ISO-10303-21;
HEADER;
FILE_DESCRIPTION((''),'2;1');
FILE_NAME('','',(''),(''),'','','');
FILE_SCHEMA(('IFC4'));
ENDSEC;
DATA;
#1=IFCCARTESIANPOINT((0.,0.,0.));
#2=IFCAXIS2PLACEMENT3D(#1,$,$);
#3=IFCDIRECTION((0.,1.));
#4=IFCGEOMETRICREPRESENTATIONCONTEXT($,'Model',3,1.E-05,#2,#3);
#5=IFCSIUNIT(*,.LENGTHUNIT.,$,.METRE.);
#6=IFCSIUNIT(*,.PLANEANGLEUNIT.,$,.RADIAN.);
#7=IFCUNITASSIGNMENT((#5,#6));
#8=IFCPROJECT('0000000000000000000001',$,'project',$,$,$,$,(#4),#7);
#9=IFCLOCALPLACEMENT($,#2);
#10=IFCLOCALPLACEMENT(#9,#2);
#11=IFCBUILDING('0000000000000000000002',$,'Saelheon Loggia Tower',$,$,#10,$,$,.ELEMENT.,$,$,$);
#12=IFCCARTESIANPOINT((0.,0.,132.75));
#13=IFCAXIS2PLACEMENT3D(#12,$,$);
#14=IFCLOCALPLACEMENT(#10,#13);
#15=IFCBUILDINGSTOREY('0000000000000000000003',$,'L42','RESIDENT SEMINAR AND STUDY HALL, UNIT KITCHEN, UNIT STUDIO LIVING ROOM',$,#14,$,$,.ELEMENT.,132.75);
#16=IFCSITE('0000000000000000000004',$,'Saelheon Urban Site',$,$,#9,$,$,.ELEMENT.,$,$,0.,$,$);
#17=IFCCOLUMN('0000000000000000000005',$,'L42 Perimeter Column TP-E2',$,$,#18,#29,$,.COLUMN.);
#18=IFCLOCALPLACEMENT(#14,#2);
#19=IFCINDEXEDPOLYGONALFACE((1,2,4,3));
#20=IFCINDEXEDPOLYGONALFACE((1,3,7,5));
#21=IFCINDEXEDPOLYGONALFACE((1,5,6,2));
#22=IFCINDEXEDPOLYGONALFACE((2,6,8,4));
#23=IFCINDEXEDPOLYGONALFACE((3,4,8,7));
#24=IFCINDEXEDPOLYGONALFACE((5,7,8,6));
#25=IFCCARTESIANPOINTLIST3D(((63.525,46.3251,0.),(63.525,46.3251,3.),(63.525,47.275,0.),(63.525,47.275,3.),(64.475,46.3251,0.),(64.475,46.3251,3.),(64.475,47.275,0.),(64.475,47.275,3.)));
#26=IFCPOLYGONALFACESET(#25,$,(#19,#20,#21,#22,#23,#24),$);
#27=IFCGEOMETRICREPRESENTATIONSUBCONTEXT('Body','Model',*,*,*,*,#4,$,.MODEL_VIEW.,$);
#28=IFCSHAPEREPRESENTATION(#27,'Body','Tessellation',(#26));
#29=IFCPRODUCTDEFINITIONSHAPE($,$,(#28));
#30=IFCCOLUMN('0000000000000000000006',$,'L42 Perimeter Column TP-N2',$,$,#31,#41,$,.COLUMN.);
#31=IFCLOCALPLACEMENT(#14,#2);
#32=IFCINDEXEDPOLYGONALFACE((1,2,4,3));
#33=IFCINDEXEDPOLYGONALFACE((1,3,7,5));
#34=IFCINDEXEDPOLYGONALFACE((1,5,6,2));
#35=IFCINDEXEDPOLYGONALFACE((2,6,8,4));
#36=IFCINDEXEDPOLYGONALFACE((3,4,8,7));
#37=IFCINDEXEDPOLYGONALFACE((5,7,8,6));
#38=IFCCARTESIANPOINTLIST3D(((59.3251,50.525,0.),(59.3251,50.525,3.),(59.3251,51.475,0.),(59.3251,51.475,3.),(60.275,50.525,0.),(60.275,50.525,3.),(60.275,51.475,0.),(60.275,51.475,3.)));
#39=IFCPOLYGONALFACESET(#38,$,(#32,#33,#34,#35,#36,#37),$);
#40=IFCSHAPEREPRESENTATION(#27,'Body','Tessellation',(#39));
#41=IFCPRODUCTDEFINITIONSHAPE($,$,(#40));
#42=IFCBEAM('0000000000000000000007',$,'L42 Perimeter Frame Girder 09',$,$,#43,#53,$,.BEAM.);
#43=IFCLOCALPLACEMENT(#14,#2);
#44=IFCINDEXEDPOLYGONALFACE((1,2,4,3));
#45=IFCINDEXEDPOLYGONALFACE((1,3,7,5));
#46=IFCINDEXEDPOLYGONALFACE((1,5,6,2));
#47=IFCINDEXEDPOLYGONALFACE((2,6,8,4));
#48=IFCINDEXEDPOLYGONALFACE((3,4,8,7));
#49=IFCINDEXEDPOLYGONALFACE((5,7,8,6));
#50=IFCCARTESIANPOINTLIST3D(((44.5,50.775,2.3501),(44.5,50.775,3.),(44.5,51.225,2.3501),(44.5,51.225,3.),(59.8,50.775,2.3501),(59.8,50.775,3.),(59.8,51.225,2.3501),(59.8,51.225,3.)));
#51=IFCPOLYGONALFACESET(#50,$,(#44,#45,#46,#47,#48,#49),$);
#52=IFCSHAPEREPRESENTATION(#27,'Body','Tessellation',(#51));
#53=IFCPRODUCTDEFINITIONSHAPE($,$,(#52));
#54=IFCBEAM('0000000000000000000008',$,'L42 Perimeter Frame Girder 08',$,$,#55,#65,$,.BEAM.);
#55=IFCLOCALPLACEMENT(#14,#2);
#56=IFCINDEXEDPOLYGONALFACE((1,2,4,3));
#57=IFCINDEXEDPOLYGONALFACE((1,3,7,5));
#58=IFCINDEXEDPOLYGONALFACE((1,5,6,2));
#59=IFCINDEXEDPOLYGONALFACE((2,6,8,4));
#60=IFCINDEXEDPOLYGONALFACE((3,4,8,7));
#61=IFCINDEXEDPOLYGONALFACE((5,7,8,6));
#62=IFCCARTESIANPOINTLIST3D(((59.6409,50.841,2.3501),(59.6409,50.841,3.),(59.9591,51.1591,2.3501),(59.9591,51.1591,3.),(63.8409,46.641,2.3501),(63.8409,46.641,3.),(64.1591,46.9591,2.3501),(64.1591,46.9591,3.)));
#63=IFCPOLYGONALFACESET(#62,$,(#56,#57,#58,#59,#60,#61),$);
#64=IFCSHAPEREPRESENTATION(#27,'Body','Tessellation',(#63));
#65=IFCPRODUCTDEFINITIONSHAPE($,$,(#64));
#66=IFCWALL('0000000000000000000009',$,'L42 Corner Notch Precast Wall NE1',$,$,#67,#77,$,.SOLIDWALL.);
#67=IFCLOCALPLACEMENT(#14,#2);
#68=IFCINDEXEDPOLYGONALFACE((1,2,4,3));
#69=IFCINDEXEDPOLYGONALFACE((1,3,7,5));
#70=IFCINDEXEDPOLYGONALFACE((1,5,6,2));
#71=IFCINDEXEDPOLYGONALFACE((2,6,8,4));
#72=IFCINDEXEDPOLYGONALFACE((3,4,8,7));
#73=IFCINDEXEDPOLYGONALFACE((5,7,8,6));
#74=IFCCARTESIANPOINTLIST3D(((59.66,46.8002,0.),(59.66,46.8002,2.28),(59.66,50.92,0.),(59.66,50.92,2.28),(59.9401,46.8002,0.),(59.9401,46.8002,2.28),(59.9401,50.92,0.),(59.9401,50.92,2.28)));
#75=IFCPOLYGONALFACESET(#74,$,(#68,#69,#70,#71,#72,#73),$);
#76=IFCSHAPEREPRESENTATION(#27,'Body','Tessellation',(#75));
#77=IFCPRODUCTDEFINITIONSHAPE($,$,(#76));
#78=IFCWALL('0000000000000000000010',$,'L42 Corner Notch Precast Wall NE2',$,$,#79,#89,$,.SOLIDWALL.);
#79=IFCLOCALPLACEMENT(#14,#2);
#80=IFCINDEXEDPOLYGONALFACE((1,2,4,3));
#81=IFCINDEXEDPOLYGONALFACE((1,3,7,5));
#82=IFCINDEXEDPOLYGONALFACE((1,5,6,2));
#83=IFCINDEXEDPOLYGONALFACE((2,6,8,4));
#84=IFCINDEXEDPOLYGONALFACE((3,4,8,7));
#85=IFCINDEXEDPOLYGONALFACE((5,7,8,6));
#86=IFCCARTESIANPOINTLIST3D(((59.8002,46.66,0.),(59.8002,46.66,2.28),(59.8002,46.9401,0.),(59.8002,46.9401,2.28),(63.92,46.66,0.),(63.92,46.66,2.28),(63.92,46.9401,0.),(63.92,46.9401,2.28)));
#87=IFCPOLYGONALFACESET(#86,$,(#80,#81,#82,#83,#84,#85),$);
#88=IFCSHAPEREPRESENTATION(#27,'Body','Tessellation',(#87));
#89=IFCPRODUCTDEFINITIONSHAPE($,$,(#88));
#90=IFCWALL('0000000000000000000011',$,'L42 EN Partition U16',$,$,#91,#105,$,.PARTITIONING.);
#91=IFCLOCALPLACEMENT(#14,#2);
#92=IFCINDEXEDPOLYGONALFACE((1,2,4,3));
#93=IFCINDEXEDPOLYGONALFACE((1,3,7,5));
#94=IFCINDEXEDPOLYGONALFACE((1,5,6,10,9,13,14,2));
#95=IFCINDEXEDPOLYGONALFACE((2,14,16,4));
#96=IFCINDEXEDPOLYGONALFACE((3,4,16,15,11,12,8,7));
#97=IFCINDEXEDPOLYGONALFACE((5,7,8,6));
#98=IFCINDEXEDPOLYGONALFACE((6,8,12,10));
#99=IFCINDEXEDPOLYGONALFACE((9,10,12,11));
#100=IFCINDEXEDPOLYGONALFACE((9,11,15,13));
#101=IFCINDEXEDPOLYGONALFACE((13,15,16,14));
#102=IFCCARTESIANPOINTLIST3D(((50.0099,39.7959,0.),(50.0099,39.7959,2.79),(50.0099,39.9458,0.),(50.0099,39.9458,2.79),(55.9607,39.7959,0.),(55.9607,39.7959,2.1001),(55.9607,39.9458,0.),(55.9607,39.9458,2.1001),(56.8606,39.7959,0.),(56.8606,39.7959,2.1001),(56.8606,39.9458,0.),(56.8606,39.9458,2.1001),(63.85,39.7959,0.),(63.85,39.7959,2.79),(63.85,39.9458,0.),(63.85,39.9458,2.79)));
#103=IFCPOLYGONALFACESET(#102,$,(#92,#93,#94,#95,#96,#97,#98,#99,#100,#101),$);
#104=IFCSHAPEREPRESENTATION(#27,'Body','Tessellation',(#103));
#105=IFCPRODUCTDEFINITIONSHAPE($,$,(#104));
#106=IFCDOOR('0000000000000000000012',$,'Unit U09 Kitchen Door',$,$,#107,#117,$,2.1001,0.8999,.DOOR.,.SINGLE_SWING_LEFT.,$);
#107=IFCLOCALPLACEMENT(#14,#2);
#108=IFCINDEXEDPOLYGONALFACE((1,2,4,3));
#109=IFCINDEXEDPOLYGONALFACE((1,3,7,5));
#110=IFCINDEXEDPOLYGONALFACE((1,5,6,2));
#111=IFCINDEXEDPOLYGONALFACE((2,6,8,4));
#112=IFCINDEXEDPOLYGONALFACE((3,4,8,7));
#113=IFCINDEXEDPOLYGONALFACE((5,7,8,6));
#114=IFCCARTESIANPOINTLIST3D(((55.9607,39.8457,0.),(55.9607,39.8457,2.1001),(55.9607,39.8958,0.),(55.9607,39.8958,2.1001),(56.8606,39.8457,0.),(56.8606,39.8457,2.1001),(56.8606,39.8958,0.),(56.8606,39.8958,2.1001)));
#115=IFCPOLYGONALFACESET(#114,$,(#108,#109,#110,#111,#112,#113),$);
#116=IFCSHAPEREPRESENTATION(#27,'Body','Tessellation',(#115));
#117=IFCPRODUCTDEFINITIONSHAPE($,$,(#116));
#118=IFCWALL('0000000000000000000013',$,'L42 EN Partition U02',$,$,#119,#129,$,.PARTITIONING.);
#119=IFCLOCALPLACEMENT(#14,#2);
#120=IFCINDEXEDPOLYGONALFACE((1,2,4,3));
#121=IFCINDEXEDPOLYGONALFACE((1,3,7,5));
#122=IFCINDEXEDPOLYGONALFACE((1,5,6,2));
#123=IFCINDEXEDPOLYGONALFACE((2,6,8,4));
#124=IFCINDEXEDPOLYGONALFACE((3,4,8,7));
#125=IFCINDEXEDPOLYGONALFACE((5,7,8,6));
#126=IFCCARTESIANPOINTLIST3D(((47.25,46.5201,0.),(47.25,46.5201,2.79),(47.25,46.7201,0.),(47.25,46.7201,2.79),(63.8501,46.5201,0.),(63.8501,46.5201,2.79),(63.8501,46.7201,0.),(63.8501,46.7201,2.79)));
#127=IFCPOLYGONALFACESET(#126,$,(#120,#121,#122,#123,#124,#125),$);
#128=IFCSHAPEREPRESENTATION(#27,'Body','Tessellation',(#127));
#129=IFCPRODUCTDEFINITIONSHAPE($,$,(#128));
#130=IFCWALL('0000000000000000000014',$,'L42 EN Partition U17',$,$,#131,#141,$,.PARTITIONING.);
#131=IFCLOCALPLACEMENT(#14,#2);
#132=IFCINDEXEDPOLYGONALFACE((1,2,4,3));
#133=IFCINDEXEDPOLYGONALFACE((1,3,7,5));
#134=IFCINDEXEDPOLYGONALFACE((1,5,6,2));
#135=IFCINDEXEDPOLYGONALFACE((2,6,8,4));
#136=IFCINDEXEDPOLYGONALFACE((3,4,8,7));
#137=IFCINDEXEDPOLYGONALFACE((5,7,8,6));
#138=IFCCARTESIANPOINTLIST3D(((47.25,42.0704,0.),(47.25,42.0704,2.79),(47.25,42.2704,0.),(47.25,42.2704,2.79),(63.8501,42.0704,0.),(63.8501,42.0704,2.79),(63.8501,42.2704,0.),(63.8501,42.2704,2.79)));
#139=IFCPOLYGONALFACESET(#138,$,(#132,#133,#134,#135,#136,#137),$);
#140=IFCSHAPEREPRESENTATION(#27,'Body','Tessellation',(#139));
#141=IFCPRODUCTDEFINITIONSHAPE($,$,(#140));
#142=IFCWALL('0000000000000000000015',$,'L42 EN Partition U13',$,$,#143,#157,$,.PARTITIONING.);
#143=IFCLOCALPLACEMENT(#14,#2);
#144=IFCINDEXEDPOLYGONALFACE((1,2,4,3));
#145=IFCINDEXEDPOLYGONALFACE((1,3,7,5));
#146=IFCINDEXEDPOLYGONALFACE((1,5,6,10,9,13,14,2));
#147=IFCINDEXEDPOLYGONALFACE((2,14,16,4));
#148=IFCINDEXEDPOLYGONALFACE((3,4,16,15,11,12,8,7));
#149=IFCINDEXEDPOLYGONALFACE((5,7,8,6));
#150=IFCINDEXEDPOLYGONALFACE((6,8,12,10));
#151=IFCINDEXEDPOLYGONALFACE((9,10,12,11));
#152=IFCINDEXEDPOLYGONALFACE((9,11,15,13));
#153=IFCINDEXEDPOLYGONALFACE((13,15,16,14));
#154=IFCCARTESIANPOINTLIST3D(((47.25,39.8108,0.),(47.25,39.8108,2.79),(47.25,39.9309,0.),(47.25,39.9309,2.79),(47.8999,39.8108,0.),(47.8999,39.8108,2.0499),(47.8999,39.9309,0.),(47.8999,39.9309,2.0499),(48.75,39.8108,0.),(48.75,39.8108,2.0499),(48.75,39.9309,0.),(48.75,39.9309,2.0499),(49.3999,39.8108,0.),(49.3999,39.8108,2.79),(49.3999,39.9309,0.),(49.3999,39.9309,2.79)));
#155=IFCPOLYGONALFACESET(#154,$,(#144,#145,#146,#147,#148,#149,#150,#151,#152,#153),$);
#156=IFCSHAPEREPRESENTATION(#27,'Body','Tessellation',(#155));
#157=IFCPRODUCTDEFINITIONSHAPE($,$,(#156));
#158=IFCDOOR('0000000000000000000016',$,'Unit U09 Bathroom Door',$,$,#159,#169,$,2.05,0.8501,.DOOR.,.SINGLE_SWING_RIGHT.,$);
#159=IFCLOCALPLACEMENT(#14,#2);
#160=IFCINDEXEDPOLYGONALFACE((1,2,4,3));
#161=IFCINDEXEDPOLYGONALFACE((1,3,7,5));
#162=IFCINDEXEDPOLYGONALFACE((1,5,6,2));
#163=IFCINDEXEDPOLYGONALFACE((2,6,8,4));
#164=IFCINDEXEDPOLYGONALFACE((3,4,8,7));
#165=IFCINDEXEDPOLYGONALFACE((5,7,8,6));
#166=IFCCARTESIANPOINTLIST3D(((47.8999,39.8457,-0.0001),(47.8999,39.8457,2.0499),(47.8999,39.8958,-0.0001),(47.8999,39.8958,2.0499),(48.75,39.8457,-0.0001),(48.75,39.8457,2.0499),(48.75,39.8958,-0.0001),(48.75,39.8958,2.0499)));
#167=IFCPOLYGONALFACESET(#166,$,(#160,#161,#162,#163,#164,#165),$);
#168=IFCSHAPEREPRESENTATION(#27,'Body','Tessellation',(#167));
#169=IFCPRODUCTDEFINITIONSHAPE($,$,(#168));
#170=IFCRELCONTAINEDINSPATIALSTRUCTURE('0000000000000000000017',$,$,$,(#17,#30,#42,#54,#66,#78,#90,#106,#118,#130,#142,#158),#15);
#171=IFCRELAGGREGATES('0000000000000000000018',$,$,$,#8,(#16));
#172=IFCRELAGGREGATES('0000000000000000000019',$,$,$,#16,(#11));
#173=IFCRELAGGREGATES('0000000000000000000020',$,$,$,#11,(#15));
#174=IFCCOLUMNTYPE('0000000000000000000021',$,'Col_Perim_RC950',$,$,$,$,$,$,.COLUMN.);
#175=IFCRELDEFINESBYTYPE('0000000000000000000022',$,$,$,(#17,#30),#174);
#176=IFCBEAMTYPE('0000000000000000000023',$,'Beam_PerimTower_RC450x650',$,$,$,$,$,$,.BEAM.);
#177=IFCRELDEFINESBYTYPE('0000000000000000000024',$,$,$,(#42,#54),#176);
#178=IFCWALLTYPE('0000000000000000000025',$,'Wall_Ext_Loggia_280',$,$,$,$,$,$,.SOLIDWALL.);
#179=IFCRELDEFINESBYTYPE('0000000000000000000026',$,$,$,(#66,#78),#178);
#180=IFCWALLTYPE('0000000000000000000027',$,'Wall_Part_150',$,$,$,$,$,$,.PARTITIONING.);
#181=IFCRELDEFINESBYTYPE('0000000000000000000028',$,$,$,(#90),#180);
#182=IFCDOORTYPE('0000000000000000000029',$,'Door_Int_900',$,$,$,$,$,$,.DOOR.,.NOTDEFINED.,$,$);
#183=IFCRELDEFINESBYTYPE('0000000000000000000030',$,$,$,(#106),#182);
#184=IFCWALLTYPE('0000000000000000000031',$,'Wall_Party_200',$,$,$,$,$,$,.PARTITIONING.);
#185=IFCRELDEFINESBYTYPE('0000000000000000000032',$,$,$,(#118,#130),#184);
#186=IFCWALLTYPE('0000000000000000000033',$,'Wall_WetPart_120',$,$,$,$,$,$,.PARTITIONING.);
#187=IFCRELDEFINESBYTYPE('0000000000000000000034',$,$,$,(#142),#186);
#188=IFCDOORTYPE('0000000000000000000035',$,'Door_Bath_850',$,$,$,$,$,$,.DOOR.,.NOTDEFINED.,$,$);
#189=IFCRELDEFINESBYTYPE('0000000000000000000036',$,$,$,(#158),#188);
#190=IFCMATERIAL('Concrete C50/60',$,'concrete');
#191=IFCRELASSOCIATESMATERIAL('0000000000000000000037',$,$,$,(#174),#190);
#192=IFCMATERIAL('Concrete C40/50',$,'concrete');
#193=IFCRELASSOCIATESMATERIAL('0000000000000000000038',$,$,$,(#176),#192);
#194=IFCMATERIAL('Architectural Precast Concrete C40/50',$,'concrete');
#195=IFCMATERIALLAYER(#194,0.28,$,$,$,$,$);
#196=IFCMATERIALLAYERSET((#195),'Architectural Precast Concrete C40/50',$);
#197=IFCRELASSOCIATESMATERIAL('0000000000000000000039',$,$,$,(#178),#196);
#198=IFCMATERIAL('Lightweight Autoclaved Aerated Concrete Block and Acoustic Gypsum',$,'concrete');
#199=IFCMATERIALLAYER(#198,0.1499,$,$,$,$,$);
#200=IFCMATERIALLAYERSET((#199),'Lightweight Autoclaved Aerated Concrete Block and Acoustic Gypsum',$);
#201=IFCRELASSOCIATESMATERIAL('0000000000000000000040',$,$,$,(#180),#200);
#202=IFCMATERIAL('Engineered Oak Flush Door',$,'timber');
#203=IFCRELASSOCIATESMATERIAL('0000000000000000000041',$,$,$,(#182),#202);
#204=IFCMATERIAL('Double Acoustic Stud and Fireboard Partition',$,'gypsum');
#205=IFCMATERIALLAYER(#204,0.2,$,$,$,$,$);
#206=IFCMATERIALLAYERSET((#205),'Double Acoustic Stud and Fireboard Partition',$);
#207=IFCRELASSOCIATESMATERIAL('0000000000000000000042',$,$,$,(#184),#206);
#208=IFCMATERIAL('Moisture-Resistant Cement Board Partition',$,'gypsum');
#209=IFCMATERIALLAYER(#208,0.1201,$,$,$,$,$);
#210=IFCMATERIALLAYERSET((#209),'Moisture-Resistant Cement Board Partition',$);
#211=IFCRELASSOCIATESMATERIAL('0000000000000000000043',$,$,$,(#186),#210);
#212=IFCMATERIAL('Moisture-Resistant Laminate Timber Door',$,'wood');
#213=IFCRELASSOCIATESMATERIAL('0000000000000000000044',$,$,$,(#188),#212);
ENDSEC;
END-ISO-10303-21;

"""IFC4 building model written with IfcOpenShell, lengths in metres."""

from ifc_helpers import new_model, si_unit, direction, frame, frame_2d, origin, origin_2d, place, context, subcontext, project, spatial, rectangle, extrude, source, transform, mapped, material, layer, layer_set, material_profile, profile_set, type_object, element, fill, save


model = new_model("IFC4")

# Units and contexts
model_context = context("Model", 3, precision=1e-05, world=origin(), true_north=direction((0.0, 1.0)))
body_context = subcontext(model_context, "Body", "Model", "MODEL_VIEW")
ifc_project = project(units=[si_unit("LENGTHUNIT", "METRE"), si_unit("PLANEANGLEUNIT", "RADIAN")], contexts=[model_context])

# Site, building, storey
site_placement = place(None, origin())
site = spatial("IfcSite", under=ifc_project, at=site_placement, Name="Saelheon Urban Site", CompositionType="ELEMENT", RefElevation=0.0)
building_placement = place(site_placement, origin())
building = spatial("IfcBuilding", under=site, at=building_placement, Name="Saelheon Loggia Tower", CompositionType="ELEMENT")
storey_placement = place(building_placement, frame((0.0, 0.0, 132.75)))
storey = spatial("IfcBuildingStorey", under=building, at=storey_placement, Name="L42", Description="RESIDENT SEMINAR AND STUDY HALL, UNIT KITCHEN, UNIT STUDIO LIVING ROOM", CompositionType="ELEMENT", Elevation=132.75)

# Columns
ifc_material_1 = material(Name="Concrete C50/60", Category="concrete")
ifc_material_profile_1 = material_profile(ifc_material_1, rectangle(XDim=0.95, YDim=0.95, at=origin_2d()), Name="RC-950x950")
ifc_profile_set_1 = profile_set([ifc_material_profile_1], Name="Concrete C50/60")
column_type = type_object("IfcColumnType", Name="Col_Perim_RC950", PredefinedType="COLUMN", material=ifc_profile_set_1)
shared_shape_1 = source(origin(), body_context, "Body", "SweptSolid", [
    extrude(rectangle(XDim=0.95, YDim=0.95, at=origin_2d()), origin(), (0.0, 0.0, 1.0), 3.0),
])
for number, where, z_axis, x_axis, name in (
    (1, (64.0, 46.8, 0.0), (0.0, 0.0, 1.0), (1.0, 0.0, 0.0), "L42 Perimeter Column TP-E2"),
    (2, (59.8, 51.0, 0.0), (0.0, 0.0, 1.0), (1.0, 0.0, 0.0), "L42 Perimeter Column TP-N2"),
):
    element("IfcColumn", number, at=place(storey_placement, frame(where, z_axis=z_axis, x_axis=x_axis)), inside=storey, type_object=column_type, Name=name, PredefinedType="COLUMN", context=body_context, shape_type="MappedRepresentation", body=[
        mapped(shared_shape_1, transform((0.0, 0.0, 0.0), scale=1.0)),
    ])

# Beams
ifc_material_2 = material(Name="Concrete C40/50", Category="concrete")
ifc_material_profile_2 = material_profile(ifc_material_2, rectangle(XDim=0.45, YDim=0.6499, at=origin_2d()), Name="RC-450x650")
ifc_profile_set_2 = profile_set([ifc_material_profile_2], Name="Concrete C40/50")
beam_type = type_object("IfcBeamType", Name="Beam_PerimTower_RC450x650", PredefinedType="BEAM", material=ifc_profile_set_2)
shared_shape_2 = source(origin(), body_context, "Body", "SweptSolid", [
    extrude(rectangle(XDim=0.45, YDim=0.6499, at=origin_2d()), origin(), (0.0, 0.0, 1.0), 15.3),
])
beam_1_placement = place(storey_placement, frame((59.8, 51.0, 2.675), z_axis=(-1.0, 0.0, 0.0), x_axis=(0.0, -1.0, 0.0)))
element("IfcBeam", 3, at=beam_1_placement, inside=storey, type_object=beam_type, Name="L42 Perimeter Frame Girder 09", PredefinedType="BEAM", context=body_context, shape_type="MappedRepresentation", body=[
    mapped(shared_shape_2, transform((0.0, 0.0, 0.0), scale=1.0)),
])
shared_shape_3 = source(origin(), body_context, "Body", "SweptSolid", [
    extrude(rectangle(XDim=0.45, YDim=0.6499, at=origin_2d()), origin(), (0.0, 0.0, 1.0), 5.9397),
])
beam_2_placement = place(storey_placement, frame((64.0, 46.8, 2.675), z_axis=(-0.707107, 0.707107, 0.0), x_axis=(-0.707107, -0.707107, 0.0)))
element("IfcBeam", 4, at=beam_2_placement, inside=storey, type_object=beam_type, Name="L42 Perimeter Frame Girder 08", PredefinedType="BEAM", context=body_context, shape_type="MappedRepresentation", body=[
    mapped(shared_shape_3, transform((0.0, 0.0, 0.0), scale=1.0)),
])

# Walls
ifc_material_3 = material(Name="Architectural Precast Concrete C40/50", Category="concrete")
ifc_layer_1 = layer(ifc_material_3, 0.28)
ifc_layer_set_1 = layer_set([ifc_layer_1], Name="Architectural Precast Concrete C40/50")
wall_type_1 = type_object("IfcWallType", Name="Wall_Ext_Loggia_280", PredefinedType="SOLIDWALL", material=ifc_layer_set_1)
for number, where, z_axis, x_axis, name in (
    (5, (59.8, 46.8, 0.0), (0.0, 0.0, 1.0), (0.0, 1.0, 0.0), "L42 Corner Notch Precast Wall NE1"),
    (6, (59.8, 46.8, 0.0), (0.0, 0.0, 1.0), (1.0, 0.0, 0.0), "L42 Corner Notch Precast Wall NE2"),
):
    element("IfcWall", number, at=place(storey_placement, frame(where, z_axis=z_axis, x_axis=x_axis)), inside=storey, type_object=wall_type_1, Name=name, PredefinedType="SOLIDWALL", context=body_context, shape_type="SweptSolid", body=[
        extrude(rectangle(XDim=4.1199, YDim=0.28, at=frame_2d((2.0601, 0.0))), origin(), (0.0, 0.0, 1.0), 2.28),
    ])

# Wall, opening, door
ifc_material_4 = material(Name="Lightweight Autoclaved Aerated Concrete Block and Acoustic Gypsum", Category="concrete")
ifc_layer_2 = layer(ifc_material_4, 0.1499)
ifc_layer_set_2 = layer_set([ifc_layer_2], Name="Lightweight Autoclaved Aerated Concrete Block and Acoustic Gypsum")
wall_type_2 = type_object("IfcWallType", Name="Wall_Part_150", PredefinedType="PARTITIONING", material=ifc_layer_set_2)
wall_1_placement = place(storey_placement, frame((50.01, 39.8708, 0.0), z_axis=(0.0, 0.0, 1.0), x_axis=(1.0, 0.0, 0.0)))
wall_1 = element("IfcWall", 7, at=wall_1_placement, inside=storey, type_object=wall_type_2, Name="L42 EN Partition U16", PredefinedType="PARTITIONING", context=body_context, shape_type="SweptSolid", body=[
    extrude(rectangle(XDim=13.8401, YDim=0.1499, at=frame_2d((6.9199, 0.0))), origin(), (0.0, 0.0, 1.0), 2.79),
])
opening_1_placement = place(wall_1_placement, frame((5.9507, 0.0, 0.0)))
opening_1 = element("IfcOpeningElement", 8, at=opening_1_placement, cuts=wall_1, PredefinedType="OPENING", context=body_context, shape_type="SweptSolid", body=[
    extrude(rectangle(XDim=0.8999, YDim=2.1001, at=frame_2d((0.45, 1.05))), frame((0.0, 0.0869, 0.0), z_axis=(0.0, -1.0, 0.0), x_axis=(1.0, 0.0, 0.0)), (0.0, 0.0, 1.0), 0.1738),
])
ifc_material_5 = material(Name="Engineered Oak Flush Door", Category="timber")
door_type_1 = type_object("IfcDoorType", Name="Door_Int_900", OperationType="NOTDEFINED", PredefinedType="DOOR", material=ifc_material_5)
shared_shape_4 = source(origin(), body_context, "Body", "SweptSolid", [
    extrude(rectangle(XDim=0.8999, YDim=2.1001, at=frame_2d((0.45, 1.05))), frame((0.0, 0.0249, 0.0), z_axis=(0.0, -1.0, 0.0), x_axis=(1.0, 0.0, 0.0)), (0.0, 0.0, 1.0), 0.05),
])
door_1_placement = place(opening_1_placement, origin())
door_1 = element("IfcDoor", 9, at=door_1_placement, inside=storey, type_object=door_type_1, Name="Unit U09 Kitchen Door", OperationType="SINGLE_SWING_LEFT", OverallHeight=2.1001, OverallWidth=0.8999, PredefinedType="DOOR", context=body_context, shape_type="MappedRepresentation", body=[
    mapped(shared_shape_4, transform((0.0, 0.0, 0.0), scale=1.0)),
])
fill(opening_1, door_1)

# Wall
ifc_material_6 = material(Name="Double Acoustic Stud and Fireboard Partition", Category="gypsum")
ifc_layer_3 = layer(ifc_material_6, 0.2)
ifc_layer_set_3 = layer_set([ifc_layer_3], Name="Double Acoustic Stud and Fireboard Partition")
wall_type_3 = type_object("IfcWallType", Name="Wall_Party_200", PredefinedType="PARTITIONING", material=ifc_layer_set_3)
wall_2_placement = place(storey_placement, frame((47.25, 46.6201, 0.0), z_axis=(0.0, 0.0, 1.0), x_axis=(1.0, 0.0, 0.0)))
element("IfcWall", 10, at=wall_2_placement, inside=storey, type_object=wall_type_3, Name="L42 EN Partition U02", PredefinedType="PARTITIONING", context=body_context, shape_type="SweptSolid", body=[
    extrude(rectangle(XDim=16.6001, YDim=0.2, at=frame_2d((8.3, 0.0))), origin(), (0.0, 0.0, 1.0), 2.79),
])

# Wall
wall_3_placement = place(storey_placement, frame((47.25, 42.1704, 0.0), z_axis=(0.0, 0.0, 1.0), x_axis=(1.0, 0.0, 0.0)))
element("IfcWall", 11, at=wall_3_placement, inside=storey, type_object=wall_type_3, Name="L42 EN Partition U17", PredefinedType="PARTITIONING", context=body_context, shape_type="SweptSolid", body=[
    extrude(rectangle(XDim=16.6001, YDim=0.2, at=frame_2d((8.3, 0.0))), origin(), (0.0, 0.0, 1.0), 2.79),
])

# Wall, opening, door
ifc_material_7 = material(Name="Moisture-Resistant Cement Board Partition", Category="gypsum")
ifc_layer_4 = layer(ifc_material_7, 0.1201)
ifc_layer_set_4 = layer_set([ifc_layer_4], Name="Moisture-Resistant Cement Board Partition")
wall_type_4 = type_object("IfcWallType", Name="Wall_WetPart_120", PredefinedType="PARTITIONING", material=ifc_layer_set_4)
wall_4_placement = place(storey_placement, frame((47.25, 39.8708, 0.0), z_axis=(0.0, 0.0, 1.0), x_axis=(1.0, 0.0, 0.0)))
wall_4 = element("IfcWall", 12, at=wall_4_placement, inside=storey, type_object=wall_type_4, Name="L42 EN Partition U13", PredefinedType="PARTITIONING", context=body_context, shape_type="SweptSolid", body=[
    extrude(rectangle(XDim=2.1499, YDim=0.1201, at=frame_2d((1.075, 0.0))), origin(), (0.0, 0.0, 1.0), 2.79),
])
opening_2_placement = place(wall_4_placement, frame((0.6499, 0.0, 0.0)))
opening_2 = element("IfcOpeningElement", 13, at=opening_2_placement, cuts=wall_4, PredefinedType="OPENING", context=body_context, shape_type="SweptSolid", body=[
    extrude(rectangle(XDim=0.8501, YDim=2.05, at=frame_2d((0.425, 1.0249))), frame((0.0, 0.072, 0.0), z_axis=(0.0, -1.0, 0.0), x_axis=(1.0, 0.0, 0.0)), (0.0, 0.0, 1.0), 0.144),
])
ifc_material_8 = material(Name="Moisture-Resistant Laminate Timber Door", Category="wood")
door_type_2 = type_object("IfcDoorType", Name="Door_Bath_850", OperationType="NOTDEFINED", PredefinedType="DOOR", material=ifc_material_8)
shared_shape_5 = source(origin(), body_context, "Body", "SweptSolid", [
    extrude(rectangle(XDim=0.8501, YDim=2.05, at=frame_2d((0.425, 1.0249))), frame((0.0, 0.0249, 0.0), z_axis=(0.0, -1.0, 0.0), x_axis=(1.0, 0.0, 0.0)), (0.0, 0.0, 1.0), 0.05),
])
door_2_placement = place(opening_2_placement, origin())
door_2 = element("IfcDoor", 14, at=door_2_placement, inside=storey, type_object=door_type_2, Name="Unit U09 Bathroom Door", OperationType="SINGLE_SWING_RIGHT", OverallHeight=2.05, OverallWidth=0.8501, PredefinedType="DOOR", context=body_context, shape_type="MappedRepresentation", body=[
    mapped(shared_shape_5, transform((0.0, 0.0, 0.0), scale=1.0)),
])
fill(opening_2, door_2)

save(model, "model.ifc")
